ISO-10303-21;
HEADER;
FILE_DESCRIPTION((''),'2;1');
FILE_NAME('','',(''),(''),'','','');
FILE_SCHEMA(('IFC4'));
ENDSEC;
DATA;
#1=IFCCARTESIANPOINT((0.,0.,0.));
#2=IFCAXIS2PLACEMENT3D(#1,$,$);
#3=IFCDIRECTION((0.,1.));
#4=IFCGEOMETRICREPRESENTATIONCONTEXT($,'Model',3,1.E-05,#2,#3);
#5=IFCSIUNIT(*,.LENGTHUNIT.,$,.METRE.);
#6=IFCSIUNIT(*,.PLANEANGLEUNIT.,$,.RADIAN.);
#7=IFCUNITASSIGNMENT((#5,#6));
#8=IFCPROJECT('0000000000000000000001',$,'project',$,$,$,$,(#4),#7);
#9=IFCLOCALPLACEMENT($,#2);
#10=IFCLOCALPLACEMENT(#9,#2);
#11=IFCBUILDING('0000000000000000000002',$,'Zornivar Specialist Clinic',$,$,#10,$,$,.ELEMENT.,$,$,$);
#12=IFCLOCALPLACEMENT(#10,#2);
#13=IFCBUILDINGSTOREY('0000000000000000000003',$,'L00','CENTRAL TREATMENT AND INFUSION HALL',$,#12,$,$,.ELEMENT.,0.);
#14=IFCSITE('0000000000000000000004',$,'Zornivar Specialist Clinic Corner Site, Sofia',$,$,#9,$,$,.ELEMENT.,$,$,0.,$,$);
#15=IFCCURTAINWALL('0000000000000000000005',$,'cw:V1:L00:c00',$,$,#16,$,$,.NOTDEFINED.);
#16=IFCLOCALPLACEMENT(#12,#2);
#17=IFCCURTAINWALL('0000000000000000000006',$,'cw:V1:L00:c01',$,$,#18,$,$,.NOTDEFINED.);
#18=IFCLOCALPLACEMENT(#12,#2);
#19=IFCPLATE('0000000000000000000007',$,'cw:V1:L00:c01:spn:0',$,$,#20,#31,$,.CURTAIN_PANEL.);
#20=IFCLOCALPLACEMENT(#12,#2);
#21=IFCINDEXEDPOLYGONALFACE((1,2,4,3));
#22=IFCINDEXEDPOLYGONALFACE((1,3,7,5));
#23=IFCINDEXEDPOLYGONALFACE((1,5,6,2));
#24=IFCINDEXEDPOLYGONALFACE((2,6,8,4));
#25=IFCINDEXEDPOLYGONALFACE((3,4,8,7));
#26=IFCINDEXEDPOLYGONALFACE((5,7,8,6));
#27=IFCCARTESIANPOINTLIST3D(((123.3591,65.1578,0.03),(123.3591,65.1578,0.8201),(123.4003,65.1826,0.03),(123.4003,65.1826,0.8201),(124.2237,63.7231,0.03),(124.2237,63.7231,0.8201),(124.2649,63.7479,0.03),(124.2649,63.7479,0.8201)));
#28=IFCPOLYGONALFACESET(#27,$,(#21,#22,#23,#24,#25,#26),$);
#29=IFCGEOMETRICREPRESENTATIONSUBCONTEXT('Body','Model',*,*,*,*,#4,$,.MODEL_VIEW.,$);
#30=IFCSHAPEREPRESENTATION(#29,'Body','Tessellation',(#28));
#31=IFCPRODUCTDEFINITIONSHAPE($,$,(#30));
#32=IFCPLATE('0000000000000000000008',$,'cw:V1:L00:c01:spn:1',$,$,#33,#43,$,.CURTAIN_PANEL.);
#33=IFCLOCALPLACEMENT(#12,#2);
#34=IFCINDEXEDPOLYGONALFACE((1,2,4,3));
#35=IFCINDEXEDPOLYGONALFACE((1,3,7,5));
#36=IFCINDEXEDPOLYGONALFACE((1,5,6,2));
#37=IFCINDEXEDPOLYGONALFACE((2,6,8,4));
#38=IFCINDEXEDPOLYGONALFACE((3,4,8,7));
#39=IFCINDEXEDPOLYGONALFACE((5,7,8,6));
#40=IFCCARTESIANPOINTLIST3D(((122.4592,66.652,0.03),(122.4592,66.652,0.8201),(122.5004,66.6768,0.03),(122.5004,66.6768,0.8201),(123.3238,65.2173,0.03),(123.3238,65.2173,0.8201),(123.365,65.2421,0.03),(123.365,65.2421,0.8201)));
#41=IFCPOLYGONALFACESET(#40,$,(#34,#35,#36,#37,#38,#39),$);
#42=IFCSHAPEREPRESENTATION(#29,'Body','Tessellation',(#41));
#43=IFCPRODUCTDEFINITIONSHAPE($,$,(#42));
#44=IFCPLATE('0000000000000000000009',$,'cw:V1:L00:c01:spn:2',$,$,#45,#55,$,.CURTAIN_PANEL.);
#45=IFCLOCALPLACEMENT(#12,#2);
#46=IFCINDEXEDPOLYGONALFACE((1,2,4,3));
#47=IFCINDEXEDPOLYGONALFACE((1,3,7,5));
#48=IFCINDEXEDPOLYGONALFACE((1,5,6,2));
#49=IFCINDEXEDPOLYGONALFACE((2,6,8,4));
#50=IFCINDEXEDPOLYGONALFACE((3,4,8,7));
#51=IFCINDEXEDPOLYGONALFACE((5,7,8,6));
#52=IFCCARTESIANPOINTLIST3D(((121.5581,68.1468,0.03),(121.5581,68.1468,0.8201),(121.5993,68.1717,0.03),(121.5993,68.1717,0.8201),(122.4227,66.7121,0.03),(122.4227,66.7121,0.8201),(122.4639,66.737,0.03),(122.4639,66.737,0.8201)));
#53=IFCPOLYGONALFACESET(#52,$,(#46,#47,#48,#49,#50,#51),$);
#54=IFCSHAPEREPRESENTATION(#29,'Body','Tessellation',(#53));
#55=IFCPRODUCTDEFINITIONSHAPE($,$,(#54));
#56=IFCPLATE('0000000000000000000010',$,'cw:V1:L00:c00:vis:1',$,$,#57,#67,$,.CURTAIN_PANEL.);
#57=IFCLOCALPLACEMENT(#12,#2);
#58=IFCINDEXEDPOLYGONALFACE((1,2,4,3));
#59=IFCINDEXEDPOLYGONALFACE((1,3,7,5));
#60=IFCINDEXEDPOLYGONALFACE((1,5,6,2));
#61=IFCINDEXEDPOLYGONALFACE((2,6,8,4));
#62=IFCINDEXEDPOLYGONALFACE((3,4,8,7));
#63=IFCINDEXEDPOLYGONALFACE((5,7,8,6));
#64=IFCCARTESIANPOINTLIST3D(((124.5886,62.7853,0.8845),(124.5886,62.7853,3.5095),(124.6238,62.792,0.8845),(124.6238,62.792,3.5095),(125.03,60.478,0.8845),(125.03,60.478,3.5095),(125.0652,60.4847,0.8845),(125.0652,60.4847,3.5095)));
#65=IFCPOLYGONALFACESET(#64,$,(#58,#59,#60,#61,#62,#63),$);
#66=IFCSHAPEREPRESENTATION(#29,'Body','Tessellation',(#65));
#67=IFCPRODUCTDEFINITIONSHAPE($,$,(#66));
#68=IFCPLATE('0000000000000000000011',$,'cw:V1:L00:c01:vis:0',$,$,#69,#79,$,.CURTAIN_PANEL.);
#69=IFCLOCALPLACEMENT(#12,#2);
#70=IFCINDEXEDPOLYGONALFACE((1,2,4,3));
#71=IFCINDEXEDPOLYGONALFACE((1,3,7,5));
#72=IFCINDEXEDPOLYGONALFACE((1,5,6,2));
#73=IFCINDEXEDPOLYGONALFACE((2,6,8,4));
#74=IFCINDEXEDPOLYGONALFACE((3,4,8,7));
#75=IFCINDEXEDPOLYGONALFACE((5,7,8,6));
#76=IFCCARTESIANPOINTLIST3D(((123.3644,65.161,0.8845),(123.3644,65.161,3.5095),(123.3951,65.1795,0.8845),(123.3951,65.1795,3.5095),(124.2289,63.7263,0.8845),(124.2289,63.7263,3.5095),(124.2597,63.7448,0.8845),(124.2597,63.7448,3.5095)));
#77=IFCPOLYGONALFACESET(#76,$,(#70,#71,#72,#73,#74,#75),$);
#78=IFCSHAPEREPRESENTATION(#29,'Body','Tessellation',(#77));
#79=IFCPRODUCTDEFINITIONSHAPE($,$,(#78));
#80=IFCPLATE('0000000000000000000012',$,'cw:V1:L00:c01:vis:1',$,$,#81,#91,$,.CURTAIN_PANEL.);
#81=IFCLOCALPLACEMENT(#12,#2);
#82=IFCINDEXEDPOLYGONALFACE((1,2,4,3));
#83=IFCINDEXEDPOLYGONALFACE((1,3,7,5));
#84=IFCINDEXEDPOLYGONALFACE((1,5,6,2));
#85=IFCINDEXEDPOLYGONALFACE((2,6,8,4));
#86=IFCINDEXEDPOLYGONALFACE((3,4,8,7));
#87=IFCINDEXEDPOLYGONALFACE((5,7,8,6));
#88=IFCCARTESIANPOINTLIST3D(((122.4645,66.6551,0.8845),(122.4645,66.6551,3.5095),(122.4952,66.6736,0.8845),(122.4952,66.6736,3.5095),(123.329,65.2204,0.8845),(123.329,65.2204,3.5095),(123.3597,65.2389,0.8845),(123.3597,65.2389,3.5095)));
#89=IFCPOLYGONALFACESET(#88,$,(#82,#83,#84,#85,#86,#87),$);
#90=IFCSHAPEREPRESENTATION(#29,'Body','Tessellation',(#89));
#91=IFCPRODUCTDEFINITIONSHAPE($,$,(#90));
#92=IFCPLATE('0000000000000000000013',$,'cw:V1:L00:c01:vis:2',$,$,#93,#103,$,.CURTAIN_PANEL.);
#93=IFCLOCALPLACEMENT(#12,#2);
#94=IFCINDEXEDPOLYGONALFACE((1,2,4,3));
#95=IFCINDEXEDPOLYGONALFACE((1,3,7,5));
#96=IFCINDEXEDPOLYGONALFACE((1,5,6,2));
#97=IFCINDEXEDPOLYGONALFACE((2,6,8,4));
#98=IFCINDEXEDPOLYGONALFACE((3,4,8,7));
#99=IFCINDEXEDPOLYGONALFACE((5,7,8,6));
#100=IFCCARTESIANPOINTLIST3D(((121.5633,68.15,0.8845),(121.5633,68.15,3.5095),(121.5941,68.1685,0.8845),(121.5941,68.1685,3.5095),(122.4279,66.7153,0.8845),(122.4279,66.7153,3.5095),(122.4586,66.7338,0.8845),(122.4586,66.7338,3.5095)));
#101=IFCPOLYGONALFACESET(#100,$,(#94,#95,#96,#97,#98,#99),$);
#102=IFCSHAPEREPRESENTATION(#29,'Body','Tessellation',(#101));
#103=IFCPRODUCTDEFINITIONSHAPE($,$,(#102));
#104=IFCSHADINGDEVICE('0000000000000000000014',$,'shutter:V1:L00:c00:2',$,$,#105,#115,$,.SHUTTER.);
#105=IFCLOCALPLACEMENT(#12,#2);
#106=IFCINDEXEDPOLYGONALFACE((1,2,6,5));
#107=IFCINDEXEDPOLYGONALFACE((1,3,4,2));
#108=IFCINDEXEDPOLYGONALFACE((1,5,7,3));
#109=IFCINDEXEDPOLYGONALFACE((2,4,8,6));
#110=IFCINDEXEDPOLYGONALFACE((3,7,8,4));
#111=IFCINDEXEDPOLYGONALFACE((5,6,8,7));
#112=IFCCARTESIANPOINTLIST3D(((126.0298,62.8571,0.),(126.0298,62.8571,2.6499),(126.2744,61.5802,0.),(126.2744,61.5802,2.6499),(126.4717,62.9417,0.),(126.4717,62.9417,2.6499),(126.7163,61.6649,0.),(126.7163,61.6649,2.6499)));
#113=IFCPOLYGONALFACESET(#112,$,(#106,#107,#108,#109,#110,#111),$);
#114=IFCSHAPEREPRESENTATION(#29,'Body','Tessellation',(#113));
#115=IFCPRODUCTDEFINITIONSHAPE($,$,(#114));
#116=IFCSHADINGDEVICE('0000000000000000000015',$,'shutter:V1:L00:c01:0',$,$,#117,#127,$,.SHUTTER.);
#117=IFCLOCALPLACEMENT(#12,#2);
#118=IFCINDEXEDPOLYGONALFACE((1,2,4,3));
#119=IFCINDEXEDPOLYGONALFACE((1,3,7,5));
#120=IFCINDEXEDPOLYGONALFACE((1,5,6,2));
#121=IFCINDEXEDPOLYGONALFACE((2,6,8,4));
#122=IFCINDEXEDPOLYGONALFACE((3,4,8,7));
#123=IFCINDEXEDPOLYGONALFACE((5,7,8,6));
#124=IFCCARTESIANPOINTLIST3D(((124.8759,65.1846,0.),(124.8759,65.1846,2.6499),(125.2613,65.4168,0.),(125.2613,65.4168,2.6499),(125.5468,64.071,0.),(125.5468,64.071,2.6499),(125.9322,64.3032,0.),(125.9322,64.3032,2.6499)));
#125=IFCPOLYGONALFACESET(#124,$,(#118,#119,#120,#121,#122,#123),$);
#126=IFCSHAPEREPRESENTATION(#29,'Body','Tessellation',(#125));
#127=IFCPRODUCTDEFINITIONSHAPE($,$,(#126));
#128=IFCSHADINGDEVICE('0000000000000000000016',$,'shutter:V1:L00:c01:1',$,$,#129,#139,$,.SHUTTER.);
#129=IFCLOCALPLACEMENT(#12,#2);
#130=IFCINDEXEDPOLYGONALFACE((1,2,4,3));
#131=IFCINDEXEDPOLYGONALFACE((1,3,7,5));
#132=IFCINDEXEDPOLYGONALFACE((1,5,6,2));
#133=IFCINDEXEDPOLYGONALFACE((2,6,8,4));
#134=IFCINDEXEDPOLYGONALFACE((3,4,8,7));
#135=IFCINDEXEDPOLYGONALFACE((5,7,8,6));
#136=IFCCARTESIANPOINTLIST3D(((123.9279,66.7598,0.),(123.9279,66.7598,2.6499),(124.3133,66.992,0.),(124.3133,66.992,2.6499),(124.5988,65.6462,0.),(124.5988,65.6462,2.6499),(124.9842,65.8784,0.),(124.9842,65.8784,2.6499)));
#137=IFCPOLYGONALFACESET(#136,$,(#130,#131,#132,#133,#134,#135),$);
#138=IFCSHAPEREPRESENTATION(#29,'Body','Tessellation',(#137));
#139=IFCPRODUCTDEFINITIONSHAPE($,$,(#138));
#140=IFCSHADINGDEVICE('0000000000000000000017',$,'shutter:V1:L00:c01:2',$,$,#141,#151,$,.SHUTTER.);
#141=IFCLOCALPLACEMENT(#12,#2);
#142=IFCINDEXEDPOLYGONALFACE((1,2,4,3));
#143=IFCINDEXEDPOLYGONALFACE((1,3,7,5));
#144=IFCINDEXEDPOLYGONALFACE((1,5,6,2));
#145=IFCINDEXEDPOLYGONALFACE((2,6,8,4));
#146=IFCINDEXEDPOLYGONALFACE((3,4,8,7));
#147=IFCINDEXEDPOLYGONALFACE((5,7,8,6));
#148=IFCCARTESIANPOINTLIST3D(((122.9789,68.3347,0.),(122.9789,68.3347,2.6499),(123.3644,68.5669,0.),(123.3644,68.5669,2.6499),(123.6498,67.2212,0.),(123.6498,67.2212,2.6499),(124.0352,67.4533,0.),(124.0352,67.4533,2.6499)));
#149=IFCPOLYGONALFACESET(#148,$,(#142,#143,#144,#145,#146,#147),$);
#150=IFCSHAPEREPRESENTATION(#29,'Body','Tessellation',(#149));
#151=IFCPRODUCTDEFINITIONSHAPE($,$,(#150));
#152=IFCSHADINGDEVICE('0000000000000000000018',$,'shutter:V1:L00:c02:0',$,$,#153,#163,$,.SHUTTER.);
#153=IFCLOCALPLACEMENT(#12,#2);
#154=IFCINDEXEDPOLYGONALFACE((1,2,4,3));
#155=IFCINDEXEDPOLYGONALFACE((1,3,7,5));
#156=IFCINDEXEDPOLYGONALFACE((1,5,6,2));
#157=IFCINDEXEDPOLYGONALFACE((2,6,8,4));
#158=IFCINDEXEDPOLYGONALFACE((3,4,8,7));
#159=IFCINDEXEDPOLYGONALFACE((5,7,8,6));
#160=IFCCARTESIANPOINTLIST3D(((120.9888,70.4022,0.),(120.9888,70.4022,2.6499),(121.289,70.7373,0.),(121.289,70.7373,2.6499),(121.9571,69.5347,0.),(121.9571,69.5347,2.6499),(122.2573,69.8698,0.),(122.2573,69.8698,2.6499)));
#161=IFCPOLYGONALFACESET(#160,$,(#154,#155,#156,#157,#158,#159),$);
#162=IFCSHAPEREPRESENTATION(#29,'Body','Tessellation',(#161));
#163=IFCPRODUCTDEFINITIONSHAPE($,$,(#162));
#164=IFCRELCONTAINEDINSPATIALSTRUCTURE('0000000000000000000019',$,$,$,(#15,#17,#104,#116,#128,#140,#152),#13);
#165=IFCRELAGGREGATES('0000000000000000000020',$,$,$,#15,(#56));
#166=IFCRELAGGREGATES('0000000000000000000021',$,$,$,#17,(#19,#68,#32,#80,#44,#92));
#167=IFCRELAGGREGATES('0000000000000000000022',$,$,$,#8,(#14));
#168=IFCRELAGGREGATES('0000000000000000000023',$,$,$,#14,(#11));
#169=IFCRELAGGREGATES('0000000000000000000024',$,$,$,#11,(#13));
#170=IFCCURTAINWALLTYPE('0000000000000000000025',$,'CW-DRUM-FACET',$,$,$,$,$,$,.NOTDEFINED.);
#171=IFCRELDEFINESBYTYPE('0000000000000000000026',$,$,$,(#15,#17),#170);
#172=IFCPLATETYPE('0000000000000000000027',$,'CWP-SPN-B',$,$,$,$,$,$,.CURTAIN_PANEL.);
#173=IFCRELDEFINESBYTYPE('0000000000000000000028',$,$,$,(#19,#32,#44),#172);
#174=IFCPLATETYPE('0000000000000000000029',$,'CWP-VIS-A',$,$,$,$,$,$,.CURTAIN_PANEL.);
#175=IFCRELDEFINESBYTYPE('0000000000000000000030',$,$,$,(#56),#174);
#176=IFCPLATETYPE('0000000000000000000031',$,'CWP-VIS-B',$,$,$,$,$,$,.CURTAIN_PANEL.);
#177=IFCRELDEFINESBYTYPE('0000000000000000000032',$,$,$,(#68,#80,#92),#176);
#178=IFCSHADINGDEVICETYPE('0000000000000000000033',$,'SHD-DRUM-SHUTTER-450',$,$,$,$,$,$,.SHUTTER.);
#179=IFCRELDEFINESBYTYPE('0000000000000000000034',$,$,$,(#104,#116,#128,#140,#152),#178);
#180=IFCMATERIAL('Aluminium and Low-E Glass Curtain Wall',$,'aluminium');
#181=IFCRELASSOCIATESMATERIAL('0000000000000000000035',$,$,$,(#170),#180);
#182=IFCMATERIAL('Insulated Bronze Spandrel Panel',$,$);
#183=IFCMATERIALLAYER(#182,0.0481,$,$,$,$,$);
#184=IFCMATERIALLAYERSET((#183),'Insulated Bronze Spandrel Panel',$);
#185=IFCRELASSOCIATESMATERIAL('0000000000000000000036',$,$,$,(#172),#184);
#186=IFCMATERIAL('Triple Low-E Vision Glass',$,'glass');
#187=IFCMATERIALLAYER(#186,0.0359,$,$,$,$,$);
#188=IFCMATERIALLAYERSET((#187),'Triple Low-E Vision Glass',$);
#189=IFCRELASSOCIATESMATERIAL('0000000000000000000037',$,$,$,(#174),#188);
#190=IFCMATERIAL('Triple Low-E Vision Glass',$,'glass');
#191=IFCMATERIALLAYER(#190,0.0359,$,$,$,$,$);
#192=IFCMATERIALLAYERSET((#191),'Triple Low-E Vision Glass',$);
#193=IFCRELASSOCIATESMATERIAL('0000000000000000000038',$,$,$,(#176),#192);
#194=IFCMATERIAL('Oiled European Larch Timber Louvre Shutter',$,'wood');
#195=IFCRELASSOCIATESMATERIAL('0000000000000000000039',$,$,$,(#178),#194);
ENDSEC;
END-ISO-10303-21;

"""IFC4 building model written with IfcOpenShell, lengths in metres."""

from ifc_helpers import new_model, si_unit, direction, frame, origin, origin_2d, place, context, subcontext, project, spatial, rectangle, extrude, material, layer, layer_set, type_object, element, aggregate, save


model = new_model("IFC4")

# Units and contexts
model_context = context("Model", 3, precision=1e-05, world=origin(), true_north=direction((0.0, 1.0)))
body_context = subcontext(model_context, "Body", "Model", "MODEL_VIEW")
ifc_project = project(units=[si_unit("LENGTHUNIT", "METRE"), si_unit("PLANEANGLEUNIT", "RADIAN")], contexts=[model_context])

# Site, building, storey
site_placement = place(None, origin())
site = spatial("IfcSite", under=ifc_project, at=site_placement, Name="Zornivar Specialist Clinic Corner Site, Sofia", CompositionType="ELEMENT", RefElevation=0.0)
building_placement = place(site_placement, origin())
building = spatial("IfcBuilding", under=site, at=building_placement, Name="Zornivar Specialist Clinic", CompositionType="ELEMENT")
storey_placement = place(building_placement, origin())
storey = spatial("IfcBuildingStorey", under=building, at=storey_placement, Name="L00", Description="CENTRAL TREATMENT AND INFUSION HALL", CompositionType="ELEMENT", Elevation=0.0)

# Curtain wall
ifc_material_1 = material(Name="Aluminium and Low-E Glass Curtain Wall", Category="aluminium")
curtain_wall_type = type_object("IfcCurtainWallType", Name="CW-DRUM-FACET", PredefinedType="NOTDEFINED", material=ifc_material_1)
curtain_wall_1_placement = place(storey_placement, origin())
curtain_wall_1 = element("IfcCurtainWall", 1, at=curtain_wall_1_placement, inside=storey, type_object=curtain_wall_type, Name="cw:V1:L00:c00", PredefinedType="NOTDEFINED")

# Curtain wall
curtain_wall_2_placement = place(storey_placement, origin())
curtain_wall_2 = element("IfcCurtainWall", 2, at=curtain_wall_2_placement, inside=storey, type_object=curtain_wall_type, Name="cw:V1:L00:c01", PredefinedType="NOTDEFINED")

# Plates
ifc_material_2 = material(Name="Insulated Bronze Spandrel Panel")
ifc_layer_1 = layer(ifc_material_2, 0.0481)
ifc_layer_set_1 = layer_set([ifc_layer_1], Name="Insulated Bronze Spandrel Panel")
plate_type_1 = type_object("IfcPlateType", Name="CWP-SPN-B", PredefinedType="CURTAIN_PANEL", material=ifc_layer_set_1)
plate_1_placement = place(storey_placement, frame((123.812, 64.4529, 0.03), z_axis=(0.0, 0.0, 1.0), x_axis=(-0.516127, 0.856512, 0.0)))
plate_1 = element("IfcPlate", 3, at=plate_1_placement, type_object=plate_type_1, Name="cw:V1:L00:c01:spn:0", PredefinedType="CURTAIN_PANEL", context=body_context, shape_type="SweptSolid", body=[
    extrude(rectangle(XDim=1.675, YDim=0.0481, at=origin_2d()), origin(), (0.0, 0.0, 1.0), 0.79),
])
plate_2_placement = place(storey_placement, frame((122.9121, 65.947, 0.03), z_axis=(0.0, 0.0, 1.0), x_axis=(-0.516127, 0.856512, 0.0)))
plate_2 = element("IfcPlate", 4, at=plate_2_placement, type_object=plate_type_1, Name="cw:V1:L00:c01:spn:1", PredefinedType="CURTAIN_PANEL", context=body_context, shape_type="SweptSolid", body=[
    extrude(rectangle(XDim=1.675, YDim=0.0481, at=origin_2d()), origin(), (0.0, 0.0, 1.0), 0.79),
])
plate_3_placement = place(storey_placement, frame((122.011, 67.4419, 0.03), z_axis=(0.0, 0.0, 1.0), x_axis=(-0.516127, 0.856512, 0.0)))
plate_3 = element("IfcPlate", 5, at=plate_3_placement, type_object=plate_type_1, Name="cw:V1:L00:c01:spn:2", PredefinedType="CURTAIN_PANEL", context=body_context, shape_type="SweptSolid", body=[
    extrude(rectangle(XDim=1.675, YDim=0.0481, at=origin_2d()), origin(), (0.0, 0.0, 1.0), 0.79),
])
ifc_material_3 = material(Name="Triple Low-E Vision Glass", Category="glass")
ifc_layer_2 = layer(ifc_material_3, 0.0359)
ifc_layer_set_2 = layer_set([ifc_layer_2], Name="Triple Low-E Vision Glass")
plate_type_2 = type_object("IfcPlateType", Name="CWP-VIS-A", PredefinedType="CURTAIN_PANEL", material=ifc_layer_set_2)
plate_4_placement = place(storey_placement, frame((124.8269, 61.635, 0.8845), z_axis=(0.0, 0.0, 1.0), x_axis=(-0.187897, 0.982189, 0.0)))
plate_4 = element("IfcPlate", 6, at=plate_4_placement, type_object=plate_type_2, Name="cw:V1:L00:c00:vis:1", PredefinedType="CURTAIN_PANEL", context=body_context, shape_type="SweptSolid", body=[
    extrude(rectangle(XDim=2.3491, YDim=0.0359, at=origin_2d()), origin(), (0.0, 0.0, 1.0), 2.625),
])
aggregate(curtain_wall_1, [plate_4])
ifc_material_4 = material(Name="Triple Low-E Vision Glass", Category="glass")
ifc_layer_3 = layer(ifc_material_4, 0.0359)
ifc_layer_set_3 = layer_set([ifc_layer_3], Name="Triple Low-E Vision Glass")
plate_type_3 = type_object("IfcPlateType", Name="CWP-VIS-B", PredefinedType="CURTAIN_PANEL", material=ifc_layer_set_3)
plate_5_placement = place(storey_placement, frame((123.812, 64.4529, 0.8845), z_axis=(0.0, 0.0, 1.0), x_axis=(-0.516127, 0.856512, 0.0)))
plate_5 = element("IfcPlate", 7, at=plate_5_placement, type_object=plate_type_3, Name="cw:V1:L00:c01:vis:0", PredefinedType="CURTAIN_PANEL", context=body_context, shape_type="SweptSolid", body=[
    extrude(rectangle(XDim=1.675, YDim=0.0359, at=origin_2d()), origin(), (0.0, 0.0, 1.0), 2.625),
])
plate_6_placement = place(storey_placement, frame((122.9121, 65.947, 0.8845), z_axis=(0.0, 0.0, 1.0), x_axis=(-0.516127, 0.856512, 0.0)))
plate_6 = element("IfcPlate", 8, at=plate_6_placement, type_object=plate_type_3, Name="cw:V1:L00:c01:vis:1", PredefinedType="CURTAIN_PANEL", context=body_context, shape_type="SweptSolid", body=[
    extrude(rectangle(XDim=1.675, YDim=0.0359, at=origin_2d()), origin(), (0.0, 0.0, 1.0), 2.625),
])
plate_7_placement = place(storey_placement, frame((122.011, 67.4419, 0.8845), z_axis=(0.0, 0.0, 1.0), x_axis=(-0.516127, 0.856512, 0.0)))
plate_7 = element("IfcPlate", 9, at=plate_7_placement, type_object=plate_type_3, Name="cw:V1:L00:c01:vis:2", PredefinedType="CURTAIN_PANEL", context=body_context, shape_type="SweptSolid", body=[
    extrude(rectangle(XDim=1.675, YDim=0.0359, at=origin_2d()), origin(), (0.0, 0.0, 1.0), 2.625),
])
aggregate(curtain_wall_2, [plate_1, plate_5, plate_2, plate_6, plate_3, plate_7])

# Shading devices
ifc_material_5 = material(Name="Oiled European Larch Timber Louvre Shutter", Category="wood")
shading_device_type = type_object("IfcShadingDeviceType", Name="SHD-DRUM-SHUTTER-450", PredefinedType="SHUTTER", material=ifc_material_5)
for number, where, z_axis, x_axis, name in (
    (10, (126.373, 62.261, 0.0), (0.0, 0.0, 1.0), (-0.188099, 0.98215, 0.0), "shutter:V1:L00:c00:2"),
    (11, (125.4041, 64.7439, 0.0), (0.0, 0.0, 1.0), (-0.516018, 0.856578, 0.0), "shutter:V1:L00:c01:0"),
    (12, (124.4561, 66.3191, 0.0), (0.0, 0.0, 1.0), (-0.516018, 0.856578, 0.0), "shutter:V1:L00:c01:1"),
    (13, (123.5071, 67.894, 0.0), (0.0, 0.0, 1.0), (-0.516018, 0.856578, 0.0), "shutter:V1:L00:c01:2"),
    (14, (121.623, 70.136, 0.0), (0.0, 0.0, 1.0), (-0.744797, 0.667291, 0.0), "shutter:V1:L00:c02:0"),
):
    element("IfcShadingDevice", number, at=place(storey_placement, frame(where, z_axis=z_axis, x_axis=x_axis)), inside=storey, type_object=shading_device_type, Name=name, PredefinedType="SHUTTER", context=body_context, shape_type="SweptSolid", body=[
        extrude(rectangle(XDim=1.3, YDim=0.45, at=origin_2d()), origin(), (0.0, 0.0, 1.0), 2.6499),
    ])

save(model, "model.ifc")
